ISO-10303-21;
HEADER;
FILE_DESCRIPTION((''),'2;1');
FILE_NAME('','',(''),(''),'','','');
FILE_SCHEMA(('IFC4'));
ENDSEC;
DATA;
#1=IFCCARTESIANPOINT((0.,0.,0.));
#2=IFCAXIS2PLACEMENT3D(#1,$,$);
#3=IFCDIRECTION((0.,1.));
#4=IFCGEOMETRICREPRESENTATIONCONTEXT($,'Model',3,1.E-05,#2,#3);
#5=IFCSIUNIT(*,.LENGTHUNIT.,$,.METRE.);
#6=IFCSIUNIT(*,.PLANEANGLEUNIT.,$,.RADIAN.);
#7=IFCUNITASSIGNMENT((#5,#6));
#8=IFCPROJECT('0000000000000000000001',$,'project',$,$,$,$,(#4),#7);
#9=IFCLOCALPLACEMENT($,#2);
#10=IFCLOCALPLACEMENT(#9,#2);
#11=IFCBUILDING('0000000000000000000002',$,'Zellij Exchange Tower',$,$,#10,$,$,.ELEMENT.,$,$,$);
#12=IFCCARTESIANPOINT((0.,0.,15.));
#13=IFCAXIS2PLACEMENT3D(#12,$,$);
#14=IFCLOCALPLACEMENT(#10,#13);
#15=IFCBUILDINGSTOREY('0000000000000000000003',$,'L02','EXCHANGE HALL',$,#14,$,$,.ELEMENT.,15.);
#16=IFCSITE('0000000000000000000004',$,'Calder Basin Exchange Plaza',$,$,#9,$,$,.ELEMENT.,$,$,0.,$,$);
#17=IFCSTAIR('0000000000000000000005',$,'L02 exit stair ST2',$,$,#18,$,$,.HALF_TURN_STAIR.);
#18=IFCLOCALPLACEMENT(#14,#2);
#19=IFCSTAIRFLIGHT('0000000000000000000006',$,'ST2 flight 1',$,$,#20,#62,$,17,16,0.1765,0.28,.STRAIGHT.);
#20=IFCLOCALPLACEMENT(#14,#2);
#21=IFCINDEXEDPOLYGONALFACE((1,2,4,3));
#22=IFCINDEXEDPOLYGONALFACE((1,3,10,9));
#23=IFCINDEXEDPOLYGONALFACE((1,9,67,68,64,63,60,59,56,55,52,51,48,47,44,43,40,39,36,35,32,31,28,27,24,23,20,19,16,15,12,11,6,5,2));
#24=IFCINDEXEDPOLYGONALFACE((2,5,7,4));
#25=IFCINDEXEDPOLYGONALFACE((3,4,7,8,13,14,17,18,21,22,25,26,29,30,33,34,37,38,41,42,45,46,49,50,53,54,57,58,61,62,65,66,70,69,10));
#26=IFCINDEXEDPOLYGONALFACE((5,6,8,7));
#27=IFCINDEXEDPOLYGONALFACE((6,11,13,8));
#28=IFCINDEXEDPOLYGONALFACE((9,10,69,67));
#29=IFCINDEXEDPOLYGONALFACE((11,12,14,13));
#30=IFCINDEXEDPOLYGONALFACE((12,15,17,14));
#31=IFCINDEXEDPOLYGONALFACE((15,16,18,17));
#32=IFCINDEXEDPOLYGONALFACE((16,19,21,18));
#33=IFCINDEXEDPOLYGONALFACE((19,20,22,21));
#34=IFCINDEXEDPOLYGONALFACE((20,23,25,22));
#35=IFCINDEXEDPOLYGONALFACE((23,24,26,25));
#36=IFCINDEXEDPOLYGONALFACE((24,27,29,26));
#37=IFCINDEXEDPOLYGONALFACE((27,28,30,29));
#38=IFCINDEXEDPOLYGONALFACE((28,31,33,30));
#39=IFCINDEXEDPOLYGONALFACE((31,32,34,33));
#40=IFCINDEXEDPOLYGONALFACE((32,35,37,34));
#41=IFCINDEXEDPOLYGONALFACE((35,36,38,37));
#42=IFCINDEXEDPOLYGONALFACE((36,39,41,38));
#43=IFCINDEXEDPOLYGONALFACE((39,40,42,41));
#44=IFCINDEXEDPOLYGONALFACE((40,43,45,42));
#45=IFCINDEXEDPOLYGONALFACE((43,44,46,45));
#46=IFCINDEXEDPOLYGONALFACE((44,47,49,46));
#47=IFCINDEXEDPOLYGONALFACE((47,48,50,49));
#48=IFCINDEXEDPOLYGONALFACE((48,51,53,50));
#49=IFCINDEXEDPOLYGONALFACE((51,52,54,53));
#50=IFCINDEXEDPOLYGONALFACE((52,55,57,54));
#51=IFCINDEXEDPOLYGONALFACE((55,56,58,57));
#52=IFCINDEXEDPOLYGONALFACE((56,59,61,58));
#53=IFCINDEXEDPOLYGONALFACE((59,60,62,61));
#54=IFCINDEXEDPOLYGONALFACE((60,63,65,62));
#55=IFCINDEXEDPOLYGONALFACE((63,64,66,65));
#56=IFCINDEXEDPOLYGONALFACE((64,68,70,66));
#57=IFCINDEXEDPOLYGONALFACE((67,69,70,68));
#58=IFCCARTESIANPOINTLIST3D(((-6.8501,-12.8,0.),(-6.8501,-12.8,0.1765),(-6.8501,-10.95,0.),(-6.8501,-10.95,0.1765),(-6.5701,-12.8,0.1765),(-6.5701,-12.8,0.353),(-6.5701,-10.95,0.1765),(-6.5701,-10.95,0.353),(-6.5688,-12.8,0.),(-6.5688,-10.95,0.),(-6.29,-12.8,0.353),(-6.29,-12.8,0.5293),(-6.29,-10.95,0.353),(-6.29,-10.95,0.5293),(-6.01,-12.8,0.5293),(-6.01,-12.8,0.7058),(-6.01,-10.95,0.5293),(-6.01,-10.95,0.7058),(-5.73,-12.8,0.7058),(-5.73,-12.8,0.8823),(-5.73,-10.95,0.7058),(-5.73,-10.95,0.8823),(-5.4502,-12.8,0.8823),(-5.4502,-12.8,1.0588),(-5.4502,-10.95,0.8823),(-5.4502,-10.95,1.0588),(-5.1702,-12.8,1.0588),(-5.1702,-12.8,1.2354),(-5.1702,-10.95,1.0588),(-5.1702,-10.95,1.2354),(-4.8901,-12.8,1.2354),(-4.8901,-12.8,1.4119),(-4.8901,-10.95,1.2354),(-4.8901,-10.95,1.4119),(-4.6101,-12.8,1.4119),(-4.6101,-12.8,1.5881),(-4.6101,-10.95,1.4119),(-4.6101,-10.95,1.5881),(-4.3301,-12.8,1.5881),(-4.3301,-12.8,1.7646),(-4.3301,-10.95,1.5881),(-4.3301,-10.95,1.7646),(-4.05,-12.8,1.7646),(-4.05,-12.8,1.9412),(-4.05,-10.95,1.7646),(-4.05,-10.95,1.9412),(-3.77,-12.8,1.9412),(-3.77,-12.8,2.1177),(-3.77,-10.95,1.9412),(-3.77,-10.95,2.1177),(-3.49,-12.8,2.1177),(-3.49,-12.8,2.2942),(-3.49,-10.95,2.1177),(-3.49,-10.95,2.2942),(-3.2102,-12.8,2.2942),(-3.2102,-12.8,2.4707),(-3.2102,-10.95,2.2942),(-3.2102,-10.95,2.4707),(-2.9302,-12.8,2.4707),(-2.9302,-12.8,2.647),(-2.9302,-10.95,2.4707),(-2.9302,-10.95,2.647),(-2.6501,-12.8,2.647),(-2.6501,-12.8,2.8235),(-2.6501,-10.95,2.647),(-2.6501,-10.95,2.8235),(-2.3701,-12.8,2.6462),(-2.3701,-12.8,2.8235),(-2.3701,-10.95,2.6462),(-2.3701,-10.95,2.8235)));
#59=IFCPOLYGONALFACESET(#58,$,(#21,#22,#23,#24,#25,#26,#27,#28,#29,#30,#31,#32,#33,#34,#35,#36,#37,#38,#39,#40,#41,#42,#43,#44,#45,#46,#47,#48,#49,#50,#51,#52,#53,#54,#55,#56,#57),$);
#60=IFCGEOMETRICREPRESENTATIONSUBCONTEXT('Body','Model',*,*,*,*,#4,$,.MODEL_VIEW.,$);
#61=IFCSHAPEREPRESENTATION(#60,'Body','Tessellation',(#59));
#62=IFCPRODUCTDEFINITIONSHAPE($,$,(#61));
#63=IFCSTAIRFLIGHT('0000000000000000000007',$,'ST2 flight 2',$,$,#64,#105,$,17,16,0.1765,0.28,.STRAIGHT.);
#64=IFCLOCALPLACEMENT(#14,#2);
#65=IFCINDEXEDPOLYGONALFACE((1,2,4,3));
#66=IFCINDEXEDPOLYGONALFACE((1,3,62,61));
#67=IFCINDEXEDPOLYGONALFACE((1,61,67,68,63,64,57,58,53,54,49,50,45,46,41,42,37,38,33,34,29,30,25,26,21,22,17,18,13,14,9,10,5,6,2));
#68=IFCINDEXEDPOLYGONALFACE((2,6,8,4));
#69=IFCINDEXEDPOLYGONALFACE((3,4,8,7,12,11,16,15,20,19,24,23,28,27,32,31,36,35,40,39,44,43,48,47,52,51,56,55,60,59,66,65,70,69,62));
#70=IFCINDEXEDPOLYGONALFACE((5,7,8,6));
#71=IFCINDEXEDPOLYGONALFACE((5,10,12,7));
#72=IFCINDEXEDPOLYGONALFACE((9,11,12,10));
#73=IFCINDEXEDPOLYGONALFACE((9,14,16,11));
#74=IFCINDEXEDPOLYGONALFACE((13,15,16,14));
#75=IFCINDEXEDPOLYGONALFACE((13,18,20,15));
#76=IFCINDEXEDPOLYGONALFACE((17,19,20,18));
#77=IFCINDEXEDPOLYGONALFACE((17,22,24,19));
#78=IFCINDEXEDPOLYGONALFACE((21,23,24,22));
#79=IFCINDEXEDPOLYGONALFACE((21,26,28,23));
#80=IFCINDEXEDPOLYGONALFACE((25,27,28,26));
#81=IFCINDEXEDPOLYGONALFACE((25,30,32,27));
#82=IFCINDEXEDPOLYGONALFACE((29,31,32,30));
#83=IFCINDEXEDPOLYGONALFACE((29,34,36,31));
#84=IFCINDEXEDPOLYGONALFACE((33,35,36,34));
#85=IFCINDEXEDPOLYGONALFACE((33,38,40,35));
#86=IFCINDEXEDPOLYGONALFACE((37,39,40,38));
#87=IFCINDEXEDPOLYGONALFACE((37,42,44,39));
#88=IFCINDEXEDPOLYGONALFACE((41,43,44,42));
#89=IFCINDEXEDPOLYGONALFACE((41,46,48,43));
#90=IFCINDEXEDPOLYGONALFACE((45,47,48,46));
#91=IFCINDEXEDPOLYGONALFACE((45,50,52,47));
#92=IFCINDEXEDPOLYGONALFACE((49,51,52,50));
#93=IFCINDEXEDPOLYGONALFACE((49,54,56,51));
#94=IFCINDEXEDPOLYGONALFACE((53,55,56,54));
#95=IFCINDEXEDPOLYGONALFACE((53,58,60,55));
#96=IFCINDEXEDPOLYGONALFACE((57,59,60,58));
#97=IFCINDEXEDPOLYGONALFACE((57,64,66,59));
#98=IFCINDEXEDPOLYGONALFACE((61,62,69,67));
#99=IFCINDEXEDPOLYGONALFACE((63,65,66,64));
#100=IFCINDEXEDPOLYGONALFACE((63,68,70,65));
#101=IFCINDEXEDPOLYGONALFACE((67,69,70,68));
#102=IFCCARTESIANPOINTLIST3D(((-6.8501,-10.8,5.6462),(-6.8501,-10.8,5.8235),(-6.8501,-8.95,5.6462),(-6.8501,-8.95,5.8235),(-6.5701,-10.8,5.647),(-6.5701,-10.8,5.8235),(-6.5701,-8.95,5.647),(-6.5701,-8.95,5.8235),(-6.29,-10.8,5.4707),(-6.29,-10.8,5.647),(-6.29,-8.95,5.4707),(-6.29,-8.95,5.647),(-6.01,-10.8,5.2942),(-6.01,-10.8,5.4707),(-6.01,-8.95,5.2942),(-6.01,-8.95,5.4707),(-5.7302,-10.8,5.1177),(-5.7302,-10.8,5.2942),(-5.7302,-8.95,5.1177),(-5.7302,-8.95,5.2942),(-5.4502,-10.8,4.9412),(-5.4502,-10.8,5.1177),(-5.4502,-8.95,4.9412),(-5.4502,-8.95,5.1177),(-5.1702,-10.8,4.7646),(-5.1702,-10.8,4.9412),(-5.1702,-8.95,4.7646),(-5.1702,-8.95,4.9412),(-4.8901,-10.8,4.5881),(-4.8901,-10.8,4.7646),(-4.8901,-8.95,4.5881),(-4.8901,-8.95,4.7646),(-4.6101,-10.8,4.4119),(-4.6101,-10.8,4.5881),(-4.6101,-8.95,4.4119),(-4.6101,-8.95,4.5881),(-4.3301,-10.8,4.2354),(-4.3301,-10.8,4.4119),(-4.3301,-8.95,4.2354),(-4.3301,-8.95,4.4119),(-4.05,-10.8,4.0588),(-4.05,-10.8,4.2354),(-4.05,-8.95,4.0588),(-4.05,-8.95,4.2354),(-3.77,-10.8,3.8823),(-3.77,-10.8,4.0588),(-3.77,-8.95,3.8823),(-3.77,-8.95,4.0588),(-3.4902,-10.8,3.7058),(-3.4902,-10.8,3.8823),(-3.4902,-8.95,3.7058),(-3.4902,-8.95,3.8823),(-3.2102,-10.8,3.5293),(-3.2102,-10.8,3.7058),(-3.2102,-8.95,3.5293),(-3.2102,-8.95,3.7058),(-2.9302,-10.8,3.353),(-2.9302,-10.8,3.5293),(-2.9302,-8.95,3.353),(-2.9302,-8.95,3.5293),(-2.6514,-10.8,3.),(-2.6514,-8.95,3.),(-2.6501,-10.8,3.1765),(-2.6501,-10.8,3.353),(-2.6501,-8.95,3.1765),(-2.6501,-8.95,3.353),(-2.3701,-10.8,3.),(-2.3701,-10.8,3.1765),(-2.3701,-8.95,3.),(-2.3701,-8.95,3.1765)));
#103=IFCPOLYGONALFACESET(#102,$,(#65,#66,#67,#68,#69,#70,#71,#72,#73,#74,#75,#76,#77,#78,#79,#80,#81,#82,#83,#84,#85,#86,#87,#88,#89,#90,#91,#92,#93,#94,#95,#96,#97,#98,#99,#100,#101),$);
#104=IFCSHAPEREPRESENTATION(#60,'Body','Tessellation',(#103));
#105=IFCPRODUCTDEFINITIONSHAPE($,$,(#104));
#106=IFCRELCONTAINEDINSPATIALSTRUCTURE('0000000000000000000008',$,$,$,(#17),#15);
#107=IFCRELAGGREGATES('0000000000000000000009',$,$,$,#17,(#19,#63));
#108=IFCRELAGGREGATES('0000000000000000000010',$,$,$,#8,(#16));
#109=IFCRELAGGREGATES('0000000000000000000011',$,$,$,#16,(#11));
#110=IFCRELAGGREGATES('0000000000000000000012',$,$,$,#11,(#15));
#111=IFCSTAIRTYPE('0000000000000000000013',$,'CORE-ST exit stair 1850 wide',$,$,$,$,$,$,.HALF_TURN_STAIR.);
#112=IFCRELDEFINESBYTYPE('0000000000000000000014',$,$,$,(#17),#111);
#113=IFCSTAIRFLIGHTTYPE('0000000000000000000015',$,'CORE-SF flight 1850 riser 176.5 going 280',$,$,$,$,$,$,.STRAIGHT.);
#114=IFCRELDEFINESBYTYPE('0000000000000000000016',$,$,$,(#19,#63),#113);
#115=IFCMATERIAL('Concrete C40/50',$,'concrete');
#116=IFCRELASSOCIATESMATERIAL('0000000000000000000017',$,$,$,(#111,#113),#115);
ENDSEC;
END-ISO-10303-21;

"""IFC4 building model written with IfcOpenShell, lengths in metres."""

from ifc_helpers import new_model, si_unit, direction, frame, origin, place, context, subcontext, project, spatial, polyline, outline, extrude, material, type_object, element, aggregate, save


model = new_model("IFC4")

# Units and contexts
model_context = context("Model", 3, precision=1e-05, world=origin(), true_north=direction((0.0, 1.0)))
body_context = subcontext(model_context, "Body", "Model", "MODEL_VIEW")
ifc_project = project(units=[si_unit("LENGTHUNIT", "METRE"), si_unit("PLANEANGLEUNIT", "RADIAN")], contexts=[model_context])

# Site, building, storey
site_placement = place(None, origin())
site = spatial("IfcSite", under=ifc_project, at=site_placement, Name="Calder Basin Exchange Plaza", CompositionType="ELEMENT", RefElevation=0.0)
building_placement = place(site_placement, origin())
building = spatial("IfcBuilding", under=site, at=building_placement, Name="Zellij Exchange Tower", CompositionType="ELEMENT")
storey_placement = place(building_placement, frame((0.0, 0.0, 15.0)))
storey = spatial("IfcBuildingStorey", under=building, at=storey_placement, Name="L02", Description="EXCHANGE HALL", CompositionType="ELEMENT", Elevation=15.0)

# Shared definitions
ifc_material_1 = material(Name="Concrete C40/50", Category="concrete")
stair_type = type_object("IfcStairType", Name="CORE-ST exit stair 1850 wide", PredefinedType="HALF_TURN_STAIR", material=ifc_material_1)

# Stair, stair flights
stair_1_placement = place(storey_placement, origin())
stair_1 = element("IfcStair", 1, at=stair_1_placement, inside=storey, type_object=stair_type, Name="L02 exit stair ST2", PredefinedType="HALF_TURN_STAIR")
stair_flight_type_1 = type_object("IfcStairFlightType", Name="CORE-SF flight 1850 riser 176.5 going 280", PredefinedType="STRAIGHT", material=ifc_material_1)
stair_flight_1_placement = place(storey_placement, frame((-6.8501, -11.875, 0.0), z_axis=(0.0, 0.0, 1.0), x_axis=(1.0, 0.0, 0.0)))
stair_flight_1 = element("IfcStairFlight", 2, at=stair_flight_1_placement, type_object=stair_flight_type_1, Name="ST2 flight 1", NumberOfRisers=17, NumberOfTreads=16, PredefinedType="STRAIGHT", RiserHeight=0.1765, TreadLength=0.28, context=body_context, shape_type="SweptSolid", body=[
    extrude(outline(polyline([(0.0, 0.0), (0.0, 0.1765), (0.28, 0.1765), (0.28, 0.353), (0.5601, 0.353), (0.5601, 0.5293), (0.8401, 0.5293), (0.8401, 0.7058), (1.1201, 0.7058), (1.1201, 0.8823), (1.3999, 0.8823), (1.3999, 1.0588), (1.6799, 1.0588), (1.6799, 1.2354), (1.96, 1.2354), (1.96, 1.4119), (2.24, 1.4119), (2.24, 1.5881), (2.52, 1.5881), (2.52, 1.7646), (2.8, 1.7646), (2.8, 1.9412), (3.0801, 1.9412), (3.0801, 2.1177), (3.3601, 2.1177), (3.3601, 2.2942), (3.6399, 2.2942), (3.6399, 2.4707), (3.9199, 2.4707), (3.9199, 2.647), (4.2, 2.647), (4.2, 2.8235), (4.48, 2.8235), (4.48, 3.0), (4.48, 2.6462), (0.2812, 0.0), (0.0, 0.0)])), frame((0.0, 0.925, 0.0), z_axis=(0.0, -1.0, 0.0), x_axis=(1.0, 0.0, 0.0)), (0.0, 0.0, 1.0), 1.8501),
])
stair_flight_2_placement = place(storey_placement, frame((-2.3701, -9.875, 3.0), z_axis=(0.0, 0.0, 1.0), x_axis=(-1.0, 0.0, 0.0)))
stair_flight_2 = element("IfcStairFlight", 3, at=stair_flight_2_placement, type_object=stair_flight_type_1, Name="ST2 flight 2", NumberOfRisers=17, NumberOfTreads=16, PredefinedType="STRAIGHT", RiserHeight=0.1765, TreadLength=0.28, context=body_context, shape_type="SweptSolid", body=[
    extrude(outline(polyline([(0.0, 0.0), (0.0, 0.1765), (0.28, 0.1765), (0.28, 0.353), (0.5601, 0.353), (0.5601, 0.5293), (0.8401, 0.5293), (0.8401, 0.7058), (1.1201, 0.7058), (1.1201, 0.8823), (1.3999, 0.8823), (1.3999, 1.0588), (1.6799, 1.0588), (1.6799, 1.2354), (1.96, 1.2354), (1.96, 1.4119), (2.24, 1.4119), (2.24, 1.5881), (2.52, 1.5881), (2.52, 1.7646), (2.8, 1.7646), (2.8, 1.9412), (3.0801, 1.9412), (3.0801, 2.1177), (3.3601, 2.1177), (3.3601, 2.2942), (3.6399, 2.2942), (3.6399, 2.4707), (3.9199, 2.4707), (3.9199, 2.647), (4.2, 2.647), (4.2, 2.8235), (4.48, 2.8235), (4.48, 3.0), (4.48, 2.6462), (0.2812, 0.0), (0.0, 0.0)])), frame((0.0, 0.925, 0.0), z_axis=(0.0, -1.0, 0.0), x_axis=(1.0, 0.0, 0.0)), (0.0, 0.0, 1.0), 1.8501),
])
aggregate(stair_1, [stair_flight_1, stair_flight_2])

save(model, "model.ifc")
